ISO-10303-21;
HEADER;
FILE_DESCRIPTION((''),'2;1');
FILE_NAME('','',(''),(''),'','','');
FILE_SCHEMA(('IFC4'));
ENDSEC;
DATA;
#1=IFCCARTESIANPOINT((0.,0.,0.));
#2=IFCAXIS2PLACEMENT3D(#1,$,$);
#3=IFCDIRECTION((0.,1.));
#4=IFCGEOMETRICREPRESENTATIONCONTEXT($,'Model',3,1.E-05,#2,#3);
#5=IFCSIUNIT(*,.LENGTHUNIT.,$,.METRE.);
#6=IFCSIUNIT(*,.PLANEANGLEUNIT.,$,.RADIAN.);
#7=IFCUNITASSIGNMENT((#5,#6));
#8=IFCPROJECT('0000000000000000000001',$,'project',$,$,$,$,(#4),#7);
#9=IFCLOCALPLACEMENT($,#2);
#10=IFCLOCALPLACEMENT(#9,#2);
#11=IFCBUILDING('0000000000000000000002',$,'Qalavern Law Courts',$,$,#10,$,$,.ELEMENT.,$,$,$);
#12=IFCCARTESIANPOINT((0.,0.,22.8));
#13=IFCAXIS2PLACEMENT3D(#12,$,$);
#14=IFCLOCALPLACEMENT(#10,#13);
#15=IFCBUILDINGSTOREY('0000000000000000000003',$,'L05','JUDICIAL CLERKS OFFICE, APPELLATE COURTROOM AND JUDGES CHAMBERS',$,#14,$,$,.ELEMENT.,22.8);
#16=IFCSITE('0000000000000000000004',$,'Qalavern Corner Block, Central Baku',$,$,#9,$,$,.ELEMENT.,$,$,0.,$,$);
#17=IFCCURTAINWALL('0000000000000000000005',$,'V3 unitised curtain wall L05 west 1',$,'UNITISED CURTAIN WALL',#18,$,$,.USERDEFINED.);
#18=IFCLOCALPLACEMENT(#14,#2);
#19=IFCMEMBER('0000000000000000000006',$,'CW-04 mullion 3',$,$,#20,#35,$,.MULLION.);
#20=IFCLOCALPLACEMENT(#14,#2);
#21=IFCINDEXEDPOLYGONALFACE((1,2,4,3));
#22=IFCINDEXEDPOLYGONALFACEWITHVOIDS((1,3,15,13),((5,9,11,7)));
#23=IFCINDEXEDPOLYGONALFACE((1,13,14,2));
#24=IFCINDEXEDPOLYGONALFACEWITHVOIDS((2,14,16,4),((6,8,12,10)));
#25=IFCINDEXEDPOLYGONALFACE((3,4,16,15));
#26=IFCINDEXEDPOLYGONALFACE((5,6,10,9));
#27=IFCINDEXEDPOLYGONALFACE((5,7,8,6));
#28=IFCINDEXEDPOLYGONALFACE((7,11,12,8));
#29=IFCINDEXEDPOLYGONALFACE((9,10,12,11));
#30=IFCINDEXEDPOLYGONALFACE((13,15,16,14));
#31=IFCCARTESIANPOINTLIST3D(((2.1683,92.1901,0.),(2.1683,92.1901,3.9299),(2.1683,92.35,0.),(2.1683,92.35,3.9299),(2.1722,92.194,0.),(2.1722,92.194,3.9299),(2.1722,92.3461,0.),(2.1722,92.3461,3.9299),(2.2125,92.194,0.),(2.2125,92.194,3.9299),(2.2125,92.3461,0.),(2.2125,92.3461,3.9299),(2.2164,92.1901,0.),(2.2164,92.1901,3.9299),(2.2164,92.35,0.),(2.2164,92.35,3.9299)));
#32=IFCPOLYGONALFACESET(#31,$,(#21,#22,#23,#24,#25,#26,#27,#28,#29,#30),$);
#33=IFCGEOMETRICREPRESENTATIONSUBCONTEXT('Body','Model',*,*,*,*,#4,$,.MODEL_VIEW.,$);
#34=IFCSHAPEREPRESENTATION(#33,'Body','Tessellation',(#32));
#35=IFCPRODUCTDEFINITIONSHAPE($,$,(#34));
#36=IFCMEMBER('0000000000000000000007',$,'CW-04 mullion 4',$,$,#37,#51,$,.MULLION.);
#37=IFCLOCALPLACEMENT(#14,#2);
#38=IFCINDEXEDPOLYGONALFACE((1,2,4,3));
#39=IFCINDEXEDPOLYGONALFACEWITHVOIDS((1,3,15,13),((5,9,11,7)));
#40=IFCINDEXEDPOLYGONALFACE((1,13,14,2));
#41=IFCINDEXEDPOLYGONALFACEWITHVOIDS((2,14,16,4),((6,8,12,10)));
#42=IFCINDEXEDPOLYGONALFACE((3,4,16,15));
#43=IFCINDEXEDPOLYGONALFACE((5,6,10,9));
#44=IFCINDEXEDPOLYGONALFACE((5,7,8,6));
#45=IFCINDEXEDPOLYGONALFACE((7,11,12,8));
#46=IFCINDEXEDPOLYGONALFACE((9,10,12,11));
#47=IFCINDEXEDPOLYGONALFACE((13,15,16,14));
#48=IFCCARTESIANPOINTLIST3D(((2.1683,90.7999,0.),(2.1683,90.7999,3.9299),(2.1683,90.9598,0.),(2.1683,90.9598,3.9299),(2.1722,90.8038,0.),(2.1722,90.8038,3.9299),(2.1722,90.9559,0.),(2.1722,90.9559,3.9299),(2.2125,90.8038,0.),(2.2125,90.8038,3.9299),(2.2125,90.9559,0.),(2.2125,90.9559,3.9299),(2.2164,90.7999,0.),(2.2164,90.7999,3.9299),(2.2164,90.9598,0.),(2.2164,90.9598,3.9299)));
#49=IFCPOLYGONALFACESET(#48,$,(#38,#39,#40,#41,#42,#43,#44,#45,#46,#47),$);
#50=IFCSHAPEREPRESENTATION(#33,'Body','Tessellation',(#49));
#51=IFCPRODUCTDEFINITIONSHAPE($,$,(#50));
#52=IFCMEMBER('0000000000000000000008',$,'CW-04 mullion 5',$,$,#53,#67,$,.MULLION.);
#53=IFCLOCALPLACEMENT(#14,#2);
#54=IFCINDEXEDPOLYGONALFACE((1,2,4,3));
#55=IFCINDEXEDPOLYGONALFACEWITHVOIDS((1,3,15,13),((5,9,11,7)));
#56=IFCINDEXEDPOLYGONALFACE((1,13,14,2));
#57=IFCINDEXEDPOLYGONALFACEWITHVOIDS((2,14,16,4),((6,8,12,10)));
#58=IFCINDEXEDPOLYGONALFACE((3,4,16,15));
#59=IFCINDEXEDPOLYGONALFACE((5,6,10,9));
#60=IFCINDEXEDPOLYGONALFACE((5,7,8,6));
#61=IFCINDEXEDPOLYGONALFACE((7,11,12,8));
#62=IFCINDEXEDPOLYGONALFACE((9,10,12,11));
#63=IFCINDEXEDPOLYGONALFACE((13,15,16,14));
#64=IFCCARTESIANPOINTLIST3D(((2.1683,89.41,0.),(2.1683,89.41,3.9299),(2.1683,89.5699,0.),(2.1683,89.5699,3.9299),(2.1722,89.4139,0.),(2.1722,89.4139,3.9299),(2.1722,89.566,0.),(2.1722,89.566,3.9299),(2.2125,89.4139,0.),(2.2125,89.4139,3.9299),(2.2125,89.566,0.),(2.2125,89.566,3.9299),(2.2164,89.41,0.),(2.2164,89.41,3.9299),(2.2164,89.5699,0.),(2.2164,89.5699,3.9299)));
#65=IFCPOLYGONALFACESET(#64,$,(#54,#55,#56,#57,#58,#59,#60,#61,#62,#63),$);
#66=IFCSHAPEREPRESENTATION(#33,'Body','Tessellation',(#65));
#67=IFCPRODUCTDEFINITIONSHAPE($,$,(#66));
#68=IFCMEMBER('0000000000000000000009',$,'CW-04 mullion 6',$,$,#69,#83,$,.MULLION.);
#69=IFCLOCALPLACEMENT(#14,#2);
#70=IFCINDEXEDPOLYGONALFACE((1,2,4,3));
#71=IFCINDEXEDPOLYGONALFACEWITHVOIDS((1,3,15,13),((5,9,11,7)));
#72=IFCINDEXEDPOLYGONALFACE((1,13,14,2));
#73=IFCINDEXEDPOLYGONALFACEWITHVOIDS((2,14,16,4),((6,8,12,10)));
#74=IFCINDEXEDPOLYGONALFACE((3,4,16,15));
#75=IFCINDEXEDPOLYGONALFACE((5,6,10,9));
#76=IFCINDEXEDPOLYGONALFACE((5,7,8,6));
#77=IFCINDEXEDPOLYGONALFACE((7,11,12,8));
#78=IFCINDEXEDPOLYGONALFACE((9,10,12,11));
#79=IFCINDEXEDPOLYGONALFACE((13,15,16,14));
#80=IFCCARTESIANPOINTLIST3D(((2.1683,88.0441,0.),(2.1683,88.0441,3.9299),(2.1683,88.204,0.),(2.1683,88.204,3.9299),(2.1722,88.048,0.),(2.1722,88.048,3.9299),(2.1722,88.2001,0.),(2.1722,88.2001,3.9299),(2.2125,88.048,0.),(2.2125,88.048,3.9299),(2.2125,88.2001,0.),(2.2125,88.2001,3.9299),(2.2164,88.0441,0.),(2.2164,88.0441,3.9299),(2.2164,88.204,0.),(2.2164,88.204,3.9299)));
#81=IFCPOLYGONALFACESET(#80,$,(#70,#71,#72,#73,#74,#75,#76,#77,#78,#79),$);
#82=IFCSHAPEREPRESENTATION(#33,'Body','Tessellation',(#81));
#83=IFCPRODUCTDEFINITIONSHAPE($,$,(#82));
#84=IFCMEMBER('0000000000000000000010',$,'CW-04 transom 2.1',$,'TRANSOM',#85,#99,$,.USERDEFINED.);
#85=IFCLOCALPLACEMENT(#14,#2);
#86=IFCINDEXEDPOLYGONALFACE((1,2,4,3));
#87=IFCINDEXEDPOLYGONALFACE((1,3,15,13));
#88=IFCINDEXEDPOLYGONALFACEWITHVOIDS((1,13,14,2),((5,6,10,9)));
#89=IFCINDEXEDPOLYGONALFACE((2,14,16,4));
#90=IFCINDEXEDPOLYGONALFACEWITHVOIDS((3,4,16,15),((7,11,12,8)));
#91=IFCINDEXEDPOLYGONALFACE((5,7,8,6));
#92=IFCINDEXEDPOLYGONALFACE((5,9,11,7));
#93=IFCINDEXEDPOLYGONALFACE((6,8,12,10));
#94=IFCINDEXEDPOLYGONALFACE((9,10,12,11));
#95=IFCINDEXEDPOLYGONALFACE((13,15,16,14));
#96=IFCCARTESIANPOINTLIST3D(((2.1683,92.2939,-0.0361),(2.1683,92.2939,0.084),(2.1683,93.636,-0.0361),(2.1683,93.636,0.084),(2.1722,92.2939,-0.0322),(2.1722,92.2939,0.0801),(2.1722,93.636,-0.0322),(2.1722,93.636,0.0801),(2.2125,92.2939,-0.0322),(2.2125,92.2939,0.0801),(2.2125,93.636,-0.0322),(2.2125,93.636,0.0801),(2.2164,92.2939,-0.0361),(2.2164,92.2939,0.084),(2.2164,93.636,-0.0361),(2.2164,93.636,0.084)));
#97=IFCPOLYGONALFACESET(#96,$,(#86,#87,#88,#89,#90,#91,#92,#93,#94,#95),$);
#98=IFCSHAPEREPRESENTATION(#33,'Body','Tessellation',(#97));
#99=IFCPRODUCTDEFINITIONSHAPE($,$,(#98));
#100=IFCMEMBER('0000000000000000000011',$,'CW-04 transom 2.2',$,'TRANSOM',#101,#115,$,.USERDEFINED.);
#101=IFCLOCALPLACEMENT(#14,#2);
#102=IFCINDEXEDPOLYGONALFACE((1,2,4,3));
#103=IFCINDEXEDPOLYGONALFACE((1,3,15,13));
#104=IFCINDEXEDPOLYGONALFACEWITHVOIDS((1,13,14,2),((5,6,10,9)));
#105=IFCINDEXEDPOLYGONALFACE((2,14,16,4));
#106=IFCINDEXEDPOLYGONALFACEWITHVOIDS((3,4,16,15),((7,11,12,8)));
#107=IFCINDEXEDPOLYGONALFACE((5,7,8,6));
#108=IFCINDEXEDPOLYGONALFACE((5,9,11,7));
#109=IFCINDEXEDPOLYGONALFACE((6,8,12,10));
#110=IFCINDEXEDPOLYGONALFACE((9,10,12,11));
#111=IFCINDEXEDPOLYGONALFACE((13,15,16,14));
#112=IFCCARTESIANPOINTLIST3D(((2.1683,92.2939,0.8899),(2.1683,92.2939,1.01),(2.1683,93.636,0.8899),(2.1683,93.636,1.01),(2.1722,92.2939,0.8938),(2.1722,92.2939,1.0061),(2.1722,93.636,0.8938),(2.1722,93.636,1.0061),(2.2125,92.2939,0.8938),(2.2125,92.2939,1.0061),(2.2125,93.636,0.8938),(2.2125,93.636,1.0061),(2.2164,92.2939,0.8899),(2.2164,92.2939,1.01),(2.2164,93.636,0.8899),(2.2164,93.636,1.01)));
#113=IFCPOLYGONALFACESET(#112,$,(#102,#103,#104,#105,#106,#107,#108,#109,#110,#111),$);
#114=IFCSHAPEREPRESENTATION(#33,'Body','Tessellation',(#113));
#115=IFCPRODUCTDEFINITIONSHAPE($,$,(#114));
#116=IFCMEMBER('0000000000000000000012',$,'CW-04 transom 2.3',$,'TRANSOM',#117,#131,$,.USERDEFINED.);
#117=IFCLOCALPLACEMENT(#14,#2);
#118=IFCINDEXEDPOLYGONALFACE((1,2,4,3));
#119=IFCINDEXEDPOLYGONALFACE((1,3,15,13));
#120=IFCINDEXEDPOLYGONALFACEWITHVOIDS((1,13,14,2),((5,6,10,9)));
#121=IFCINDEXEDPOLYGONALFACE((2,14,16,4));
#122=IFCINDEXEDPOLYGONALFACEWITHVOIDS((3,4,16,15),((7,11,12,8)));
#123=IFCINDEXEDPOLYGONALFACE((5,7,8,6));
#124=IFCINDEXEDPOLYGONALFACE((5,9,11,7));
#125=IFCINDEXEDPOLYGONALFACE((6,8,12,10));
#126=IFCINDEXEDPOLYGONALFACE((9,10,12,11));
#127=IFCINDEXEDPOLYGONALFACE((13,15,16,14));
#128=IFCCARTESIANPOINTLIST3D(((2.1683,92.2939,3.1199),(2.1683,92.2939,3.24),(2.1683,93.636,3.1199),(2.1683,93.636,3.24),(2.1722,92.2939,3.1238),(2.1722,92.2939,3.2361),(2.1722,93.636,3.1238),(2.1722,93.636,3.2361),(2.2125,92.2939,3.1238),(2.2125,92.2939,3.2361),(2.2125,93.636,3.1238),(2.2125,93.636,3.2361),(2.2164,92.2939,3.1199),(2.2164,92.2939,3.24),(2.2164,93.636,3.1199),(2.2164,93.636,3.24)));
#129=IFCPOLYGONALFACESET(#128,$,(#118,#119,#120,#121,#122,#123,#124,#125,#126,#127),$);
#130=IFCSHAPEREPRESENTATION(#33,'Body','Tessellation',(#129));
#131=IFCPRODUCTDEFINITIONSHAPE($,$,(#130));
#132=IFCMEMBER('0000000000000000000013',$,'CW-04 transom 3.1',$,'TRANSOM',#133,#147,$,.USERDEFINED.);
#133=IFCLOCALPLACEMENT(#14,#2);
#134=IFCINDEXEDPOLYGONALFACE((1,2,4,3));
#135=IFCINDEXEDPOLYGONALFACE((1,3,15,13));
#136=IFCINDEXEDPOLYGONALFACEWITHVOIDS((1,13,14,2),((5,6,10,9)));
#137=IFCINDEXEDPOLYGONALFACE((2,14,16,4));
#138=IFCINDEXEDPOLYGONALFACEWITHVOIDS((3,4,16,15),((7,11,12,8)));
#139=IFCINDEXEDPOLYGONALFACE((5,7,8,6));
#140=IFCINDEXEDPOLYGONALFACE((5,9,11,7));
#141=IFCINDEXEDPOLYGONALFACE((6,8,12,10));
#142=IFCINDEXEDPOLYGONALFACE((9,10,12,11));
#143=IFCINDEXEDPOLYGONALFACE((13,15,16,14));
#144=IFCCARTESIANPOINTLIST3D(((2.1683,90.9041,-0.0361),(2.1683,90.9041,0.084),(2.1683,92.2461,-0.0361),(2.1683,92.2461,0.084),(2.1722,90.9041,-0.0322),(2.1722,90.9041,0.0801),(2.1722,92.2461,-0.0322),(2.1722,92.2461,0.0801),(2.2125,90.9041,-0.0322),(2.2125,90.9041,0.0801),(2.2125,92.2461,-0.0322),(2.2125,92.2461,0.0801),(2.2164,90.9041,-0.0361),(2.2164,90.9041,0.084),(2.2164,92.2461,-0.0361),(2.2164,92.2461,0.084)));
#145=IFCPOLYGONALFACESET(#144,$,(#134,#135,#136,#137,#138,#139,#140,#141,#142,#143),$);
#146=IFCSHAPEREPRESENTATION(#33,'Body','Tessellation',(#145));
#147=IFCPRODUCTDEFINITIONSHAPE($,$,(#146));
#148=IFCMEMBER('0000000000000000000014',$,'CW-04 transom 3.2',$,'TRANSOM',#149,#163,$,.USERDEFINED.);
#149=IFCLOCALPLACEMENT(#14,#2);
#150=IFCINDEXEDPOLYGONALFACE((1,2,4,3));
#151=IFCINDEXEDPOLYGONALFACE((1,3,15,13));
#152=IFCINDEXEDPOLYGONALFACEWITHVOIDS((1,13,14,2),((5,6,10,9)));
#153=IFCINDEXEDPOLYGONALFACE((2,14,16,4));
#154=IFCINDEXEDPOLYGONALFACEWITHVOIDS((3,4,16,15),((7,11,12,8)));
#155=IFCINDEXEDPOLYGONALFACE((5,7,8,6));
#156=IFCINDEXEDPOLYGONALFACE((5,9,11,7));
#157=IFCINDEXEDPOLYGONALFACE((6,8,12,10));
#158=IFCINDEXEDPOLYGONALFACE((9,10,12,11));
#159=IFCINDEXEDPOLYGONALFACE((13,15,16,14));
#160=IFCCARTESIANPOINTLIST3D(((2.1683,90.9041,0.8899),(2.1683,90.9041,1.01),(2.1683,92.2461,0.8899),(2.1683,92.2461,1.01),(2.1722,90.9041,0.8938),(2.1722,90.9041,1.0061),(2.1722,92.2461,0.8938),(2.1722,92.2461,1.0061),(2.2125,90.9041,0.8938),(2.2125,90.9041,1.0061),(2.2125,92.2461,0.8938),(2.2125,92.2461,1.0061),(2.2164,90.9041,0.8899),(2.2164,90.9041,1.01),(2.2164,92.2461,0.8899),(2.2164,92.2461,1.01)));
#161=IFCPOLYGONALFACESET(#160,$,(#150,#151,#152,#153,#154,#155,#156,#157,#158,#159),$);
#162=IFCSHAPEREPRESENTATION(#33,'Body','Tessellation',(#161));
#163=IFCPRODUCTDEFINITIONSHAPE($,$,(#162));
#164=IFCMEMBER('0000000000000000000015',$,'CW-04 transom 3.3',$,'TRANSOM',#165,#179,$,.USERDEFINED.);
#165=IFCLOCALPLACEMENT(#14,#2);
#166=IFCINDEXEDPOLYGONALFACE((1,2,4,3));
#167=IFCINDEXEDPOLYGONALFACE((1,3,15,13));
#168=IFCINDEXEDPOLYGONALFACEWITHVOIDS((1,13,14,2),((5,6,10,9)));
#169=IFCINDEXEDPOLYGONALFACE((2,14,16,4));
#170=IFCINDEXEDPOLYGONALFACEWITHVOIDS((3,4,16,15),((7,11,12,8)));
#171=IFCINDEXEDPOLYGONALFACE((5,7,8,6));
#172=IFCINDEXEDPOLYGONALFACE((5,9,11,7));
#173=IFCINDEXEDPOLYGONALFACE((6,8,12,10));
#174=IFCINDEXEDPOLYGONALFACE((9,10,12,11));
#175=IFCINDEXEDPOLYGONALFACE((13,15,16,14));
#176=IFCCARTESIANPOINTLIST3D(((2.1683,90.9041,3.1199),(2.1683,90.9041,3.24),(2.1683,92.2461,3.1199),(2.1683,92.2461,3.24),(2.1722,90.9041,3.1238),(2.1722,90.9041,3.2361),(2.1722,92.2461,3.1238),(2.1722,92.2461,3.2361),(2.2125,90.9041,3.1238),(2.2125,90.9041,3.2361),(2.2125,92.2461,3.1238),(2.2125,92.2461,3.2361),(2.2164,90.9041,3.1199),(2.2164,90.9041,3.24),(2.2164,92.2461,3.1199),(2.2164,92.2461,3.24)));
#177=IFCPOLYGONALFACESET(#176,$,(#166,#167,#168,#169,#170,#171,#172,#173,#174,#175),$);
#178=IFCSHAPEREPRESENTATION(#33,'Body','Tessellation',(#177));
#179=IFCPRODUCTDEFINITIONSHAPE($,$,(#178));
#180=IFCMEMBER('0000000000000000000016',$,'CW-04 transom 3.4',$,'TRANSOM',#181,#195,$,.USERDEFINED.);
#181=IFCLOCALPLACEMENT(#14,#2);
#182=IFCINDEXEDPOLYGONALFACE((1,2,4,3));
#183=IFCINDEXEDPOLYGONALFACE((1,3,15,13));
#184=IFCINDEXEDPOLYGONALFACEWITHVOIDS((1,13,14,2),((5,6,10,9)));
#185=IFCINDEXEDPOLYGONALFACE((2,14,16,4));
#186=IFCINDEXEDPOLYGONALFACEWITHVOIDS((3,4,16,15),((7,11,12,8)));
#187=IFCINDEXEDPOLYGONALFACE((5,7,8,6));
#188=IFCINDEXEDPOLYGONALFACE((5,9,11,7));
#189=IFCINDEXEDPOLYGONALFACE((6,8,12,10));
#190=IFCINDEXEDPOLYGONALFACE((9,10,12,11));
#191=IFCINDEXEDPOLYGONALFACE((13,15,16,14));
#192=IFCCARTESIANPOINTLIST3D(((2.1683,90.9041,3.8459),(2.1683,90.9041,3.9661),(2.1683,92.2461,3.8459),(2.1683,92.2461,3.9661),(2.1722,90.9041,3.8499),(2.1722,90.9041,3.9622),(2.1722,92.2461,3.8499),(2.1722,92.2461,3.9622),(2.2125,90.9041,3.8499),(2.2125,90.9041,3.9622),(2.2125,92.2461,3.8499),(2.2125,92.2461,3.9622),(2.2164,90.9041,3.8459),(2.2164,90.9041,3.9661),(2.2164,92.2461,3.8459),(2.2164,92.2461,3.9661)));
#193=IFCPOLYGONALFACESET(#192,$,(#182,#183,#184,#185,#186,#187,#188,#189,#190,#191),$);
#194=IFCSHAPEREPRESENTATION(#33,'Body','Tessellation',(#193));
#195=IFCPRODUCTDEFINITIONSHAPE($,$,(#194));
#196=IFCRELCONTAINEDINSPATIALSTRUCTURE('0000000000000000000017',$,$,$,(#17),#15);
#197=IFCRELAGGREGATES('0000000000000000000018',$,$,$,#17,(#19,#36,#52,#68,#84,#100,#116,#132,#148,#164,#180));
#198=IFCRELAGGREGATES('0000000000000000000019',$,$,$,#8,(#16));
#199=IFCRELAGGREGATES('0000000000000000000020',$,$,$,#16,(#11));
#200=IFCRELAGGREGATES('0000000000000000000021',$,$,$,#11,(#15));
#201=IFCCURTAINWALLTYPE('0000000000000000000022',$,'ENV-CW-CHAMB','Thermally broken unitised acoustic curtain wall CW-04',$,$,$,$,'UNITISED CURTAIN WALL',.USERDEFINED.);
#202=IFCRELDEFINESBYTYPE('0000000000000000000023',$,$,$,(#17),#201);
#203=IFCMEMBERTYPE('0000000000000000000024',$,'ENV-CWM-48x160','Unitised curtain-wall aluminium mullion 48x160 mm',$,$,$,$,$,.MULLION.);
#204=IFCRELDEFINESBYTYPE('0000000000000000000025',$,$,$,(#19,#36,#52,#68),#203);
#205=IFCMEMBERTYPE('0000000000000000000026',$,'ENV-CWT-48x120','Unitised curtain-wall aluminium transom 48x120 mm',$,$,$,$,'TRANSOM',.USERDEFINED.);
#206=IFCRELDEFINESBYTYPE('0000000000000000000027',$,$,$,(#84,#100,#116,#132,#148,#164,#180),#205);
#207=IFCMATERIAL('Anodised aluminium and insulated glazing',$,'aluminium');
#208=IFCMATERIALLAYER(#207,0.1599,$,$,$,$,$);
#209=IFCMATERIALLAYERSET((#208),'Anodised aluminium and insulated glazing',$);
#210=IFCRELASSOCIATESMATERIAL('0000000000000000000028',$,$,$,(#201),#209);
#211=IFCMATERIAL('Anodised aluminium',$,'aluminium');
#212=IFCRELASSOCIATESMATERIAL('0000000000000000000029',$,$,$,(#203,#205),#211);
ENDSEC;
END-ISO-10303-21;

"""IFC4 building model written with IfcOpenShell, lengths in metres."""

from ifc_helpers import new_model, si_unit, direction, frame, origin, origin_2d, place, context, subcontext, project, spatial, hollow_rectangle, extrude, material, layer, layer_set, material_profile, profile_set, type_object, element, aggregate, save


model = new_model("IFC4")

# Units and contexts
model_context = context("Model", 3, precision=1e-05, world=origin(), true_north=direction((0.0, 1.0)))
body_context = subcontext(model_context, "Body", "Model", "MODEL_VIEW")
ifc_project = project(units=[si_unit("LENGTHUNIT", "METRE"), si_unit("PLANEANGLEUNIT", "RADIAN")], contexts=[model_context])

# Site, building, storey
site_placement = place(None, origin())
site = spatial("IfcSite", under=ifc_project, at=site_placement, Name="Qalavern Corner Block, Central Baku", CompositionType="ELEMENT", RefElevation=0.0)
building_placement = place(site_placement, origin())
building = spatial("IfcBuilding", under=site, at=building_placement, Name="Qalavern Law Courts", CompositionType="ELEMENT")
storey_placement = place(building_placement, frame((0.0, 0.0, 22.8)))
storey = spatial("IfcBuildingStorey", under=building, at=storey_placement, Name="L05", Description="JUDICIAL CLERKS OFFICE, APPELLATE COURTROOM AND JUDGES CHAMBERS", CompositionType="ELEMENT", Elevation=22.8)

# Curtain wall, members
ifc_material_1 = material(Name="Anodised aluminium and insulated glazing", Category="aluminium")
ifc_layer_1 = layer(ifc_material_1, 0.1599)
ifc_layer_set_1 = layer_set([ifc_layer_1], Name="Anodised aluminium and insulated glazing")
curtain_wall_type = type_object("IfcCurtainWallType", Name="ENV-CW-CHAMB", Description="Thermally broken unitised acoustic curtain wall CW-04", ElementType="UNITISED CURTAIN WALL", PredefinedType="USERDEFINED", material=ifc_layer_set_1)
curtain_wall_placement = place(storey_placement, origin())
curtain_wall = element("IfcCurtainWall", 1, at=curtain_wall_placement, inside=storey, type_object=curtain_wall_type, Name="V3 unitised curtain wall L05 west 1", ObjectType="UNITISED CURTAIN WALL", PredefinedType="USERDEFINED")
ifc_material_2 = material(Name="Anodised aluminium", Category="aluminium")
ifc_material_profile_1 = material_profile(ifc_material_2, hollow_rectangle(XDim=0.0481, YDim=0.1599, WallThickness=0.0039, at=origin_2d()), Name="ALU MULLION 48x160")
ifc_profile_set_1 = profile_set([ifc_material_profile_1], Name="Anodised aluminium")
member_type_1 = type_object("IfcMemberType", Name="ENV-CWM-48x160", Description="Unitised curtain-wall aluminium mullion 48x160 mm", PredefinedType="MULLION", material=ifc_profile_set_1)
member_1_placement = place(storey_placement, frame((2.1924, 92.27, 0.0), z_axis=(0.0, 0.0, 1.0), x_axis=(1.0, 0.0, 0.0)))
member_1 = element("IfcMember", 2, at=member_1_placement, type_object=member_type_1, Name="CW-04 mullion 3", PredefinedType="MULLION", context=body_context, shape_type="SweptSolid", body=[
    extrude(hollow_rectangle(XDim=0.0481, YDim=0.1599, WallThickness=0.0039, at=origin_2d()), origin(), (0.0, 0.0, 1.0), 3.9299),
])
member_2_placement = place(storey_placement, frame((2.1924, 90.8799, 0.0), z_axis=(0.0, 0.0, 1.0), x_axis=(1.0, 0.0, 0.0)))
member_2 = element("IfcMember", 3, at=member_2_placement, type_object=member_type_1, Name="CW-04 mullion 4", PredefinedType="MULLION", context=body_context, shape_type="SweptSolid", body=[
    extrude(hollow_rectangle(XDim=0.0481, YDim=0.1599, WallThickness=0.0039, at=origin_2d()), origin(), (0.0, 0.0, 1.0), 3.9299),
])
member_3_placement = place(storey_placement, frame((2.1924, 89.49, 0.0), z_axis=(0.0, 0.0, 1.0), x_axis=(1.0, 0.0, 0.0)))
member_3 = element("IfcMember", 4, at=member_3_placement, type_object=member_type_1, Name="CW-04 mullion 5", PredefinedType="MULLION", context=body_context, shape_type="SweptSolid", body=[
    extrude(hollow_rectangle(XDim=0.0481, YDim=0.1599, WallThickness=0.0039, at=origin_2d()), origin(), (0.0, 0.0, 1.0), 3.9299),
])
member_4_placement = place(storey_placement, frame((2.1924, 88.124, 0.0), z_axis=(0.0, 0.0, 1.0), x_axis=(1.0, 0.0, 0.0)))
member_4 = element("IfcMember", 5, at=member_4_placement, type_object=member_type_1, Name="CW-04 mullion 6", PredefinedType="MULLION", context=body_context, shape_type="SweptSolid", body=[
    extrude(hollow_rectangle(XDim=0.0481, YDim=0.1599, WallThickness=0.0039, at=origin_2d()), origin(), (0.0, 0.0, 1.0), 3.9299),
])
ifc_material_profile_2 = material_profile(ifc_material_2, hollow_rectangle(XDim=0.0481, YDim=0.1201, WallThickness=0.0039, at=origin_2d()), Name="ALU TRANSOM 48x120")
ifc_profile_set_2 = profile_set([ifc_material_profile_2], Name="Anodised aluminium")
member_type_2 = type_object("IfcMemberType", Name="ENV-CWT-48x120", Description="Unitised curtain-wall aluminium transom 48x120 mm", ElementType="TRANSOM", PredefinedType="USERDEFINED", material=ifc_profile_set_2)
member_5_placement = place(storey_placement, frame((2.1924, 93.636, 0.0239), z_axis=(0.0, -1.0, 0.0), x_axis=(1.0, 0.0, 0.0)))
member_5 = element("IfcMember", 6, at=member_5_placement, type_object=member_type_2, Name="CW-04 transom 2.1", ObjectType="TRANSOM", PredefinedType="USERDEFINED", context=body_context, shape_type="SweptSolid", body=[
    extrude(hollow_rectangle(XDim=0.0481, YDim=0.1201, WallThickness=0.0039, at=origin_2d()), origin(), (0.0, 0.0, 1.0), 1.342),
])
member_6_placement = place(storey_placement, frame((2.1924, 93.636, 0.95), z_axis=(0.0, -1.0, 0.0), x_axis=(1.0, 0.0, 0.0)))
member_6 = element("IfcMember", 7, at=member_6_placement, type_object=member_type_2, Name="CW-04 transom 2.2", ObjectType="TRANSOM", PredefinedType="USERDEFINED", context=body_context, shape_type="SweptSolid", body=[
    extrude(hollow_rectangle(XDim=0.0481, YDim=0.1201, WallThickness=0.0039, at=origin_2d()), origin(), (0.0, 0.0, 1.0), 1.342),
])
member_7_placement = place(storey_placement, frame((2.1924, 93.636, 3.1799), z_axis=(0.0, -1.0, 0.0), x_axis=(1.0, 0.0, 0.0)))
member_7 = element("IfcMember", 8, at=member_7_placement, type_object=member_type_2, Name="CW-04 transom 2.3", ObjectType="TRANSOM", PredefinedType="USERDEFINED", context=body_context, shape_type="SweptSolid", body=[
    extrude(hollow_rectangle(XDim=0.0481, YDim=0.1201, WallThickness=0.0039, at=origin_2d()), origin(), (0.0, 0.0, 1.0), 1.342),
])
member_8_placement = place(storey_placement, frame((2.1924, 92.2461, 0.0239), z_axis=(0.0, -1.0, 0.0), x_axis=(1.0, 0.0, 0.0)))
member_8 = element("IfcMember", 9, at=member_8_placement, type_object=member_type_2, Name="CW-04 transom 3.1", ObjectType="TRANSOM", PredefinedType="USERDEFINED", context=body_context, shape_type="SweptSolid", body=[
    extrude(hollow_rectangle(XDim=0.0481, YDim=0.1201, WallThickness=0.0039, at=origin_2d()), origin(), (0.0, 0.0, 1.0), 1.342),
])
member_9_placement = place(storey_placement, frame((2.1924, 92.2461, 0.95), z_axis=(0.0, -1.0, 0.0), x_axis=(1.0, 0.0, 0.0)))
member_9 = element("IfcMember", 10, at=member_9_placement, type_object=member_type_2, Name="CW-04 transom 3.2", ObjectType="TRANSOM", PredefinedType="USERDEFINED", context=body_context, shape_type="SweptSolid", body=[
    extrude(hollow_rectangle(XDim=0.0481, YDim=0.1201, WallThickness=0.0039, at=origin_2d()), origin(), (0.0, 0.0, 1.0), 1.342),
])
member_10_placement = place(storey_placement, frame((2.1924, 92.2461, 3.1799), z_axis=(0.0, -1.0, 0.0), x_axis=(1.0, 0.0, 0.0)))
member_10 = element("IfcMember", 11, at=member_10_placement, type_object=member_type_2, Name="CW-04 transom 3.3", ObjectType="TRANSOM", PredefinedType="USERDEFINED", context=body_context, shape_type="SweptSolid", body=[
    extrude(hollow_rectangle(XDim=0.0481, YDim=0.1201, WallThickness=0.0039, at=origin_2d()), origin(), (0.0, 0.0, 1.0), 1.342),
])
member_11_placement = place(storey_placement, frame((2.1924, 92.2461, 3.906), z_axis=(0.0, -1.0, 0.0), x_axis=(1.0, 0.0, 0.0)))
member_11 = element("IfcMember", 12, at=member_11_placement, type_object=member_type_2, Name="CW-04 transom 3.4", ObjectType="TRANSOM", PredefinedType="USERDEFINED", context=body_context, shape_type="SweptSolid", body=[
    extrude(hollow_rectangle(XDim=0.0481, YDim=0.1201, WallThickness=0.0039, at=origin_2d()), origin(), (0.0, 0.0, 1.0), 1.342),
])

aggregate(curtain_wall, [member_1, member_2, member_3, member_4, member_5, member_6, member_7, member_8, member_9, member_10, member_11])

save(model, "model.ifc")
